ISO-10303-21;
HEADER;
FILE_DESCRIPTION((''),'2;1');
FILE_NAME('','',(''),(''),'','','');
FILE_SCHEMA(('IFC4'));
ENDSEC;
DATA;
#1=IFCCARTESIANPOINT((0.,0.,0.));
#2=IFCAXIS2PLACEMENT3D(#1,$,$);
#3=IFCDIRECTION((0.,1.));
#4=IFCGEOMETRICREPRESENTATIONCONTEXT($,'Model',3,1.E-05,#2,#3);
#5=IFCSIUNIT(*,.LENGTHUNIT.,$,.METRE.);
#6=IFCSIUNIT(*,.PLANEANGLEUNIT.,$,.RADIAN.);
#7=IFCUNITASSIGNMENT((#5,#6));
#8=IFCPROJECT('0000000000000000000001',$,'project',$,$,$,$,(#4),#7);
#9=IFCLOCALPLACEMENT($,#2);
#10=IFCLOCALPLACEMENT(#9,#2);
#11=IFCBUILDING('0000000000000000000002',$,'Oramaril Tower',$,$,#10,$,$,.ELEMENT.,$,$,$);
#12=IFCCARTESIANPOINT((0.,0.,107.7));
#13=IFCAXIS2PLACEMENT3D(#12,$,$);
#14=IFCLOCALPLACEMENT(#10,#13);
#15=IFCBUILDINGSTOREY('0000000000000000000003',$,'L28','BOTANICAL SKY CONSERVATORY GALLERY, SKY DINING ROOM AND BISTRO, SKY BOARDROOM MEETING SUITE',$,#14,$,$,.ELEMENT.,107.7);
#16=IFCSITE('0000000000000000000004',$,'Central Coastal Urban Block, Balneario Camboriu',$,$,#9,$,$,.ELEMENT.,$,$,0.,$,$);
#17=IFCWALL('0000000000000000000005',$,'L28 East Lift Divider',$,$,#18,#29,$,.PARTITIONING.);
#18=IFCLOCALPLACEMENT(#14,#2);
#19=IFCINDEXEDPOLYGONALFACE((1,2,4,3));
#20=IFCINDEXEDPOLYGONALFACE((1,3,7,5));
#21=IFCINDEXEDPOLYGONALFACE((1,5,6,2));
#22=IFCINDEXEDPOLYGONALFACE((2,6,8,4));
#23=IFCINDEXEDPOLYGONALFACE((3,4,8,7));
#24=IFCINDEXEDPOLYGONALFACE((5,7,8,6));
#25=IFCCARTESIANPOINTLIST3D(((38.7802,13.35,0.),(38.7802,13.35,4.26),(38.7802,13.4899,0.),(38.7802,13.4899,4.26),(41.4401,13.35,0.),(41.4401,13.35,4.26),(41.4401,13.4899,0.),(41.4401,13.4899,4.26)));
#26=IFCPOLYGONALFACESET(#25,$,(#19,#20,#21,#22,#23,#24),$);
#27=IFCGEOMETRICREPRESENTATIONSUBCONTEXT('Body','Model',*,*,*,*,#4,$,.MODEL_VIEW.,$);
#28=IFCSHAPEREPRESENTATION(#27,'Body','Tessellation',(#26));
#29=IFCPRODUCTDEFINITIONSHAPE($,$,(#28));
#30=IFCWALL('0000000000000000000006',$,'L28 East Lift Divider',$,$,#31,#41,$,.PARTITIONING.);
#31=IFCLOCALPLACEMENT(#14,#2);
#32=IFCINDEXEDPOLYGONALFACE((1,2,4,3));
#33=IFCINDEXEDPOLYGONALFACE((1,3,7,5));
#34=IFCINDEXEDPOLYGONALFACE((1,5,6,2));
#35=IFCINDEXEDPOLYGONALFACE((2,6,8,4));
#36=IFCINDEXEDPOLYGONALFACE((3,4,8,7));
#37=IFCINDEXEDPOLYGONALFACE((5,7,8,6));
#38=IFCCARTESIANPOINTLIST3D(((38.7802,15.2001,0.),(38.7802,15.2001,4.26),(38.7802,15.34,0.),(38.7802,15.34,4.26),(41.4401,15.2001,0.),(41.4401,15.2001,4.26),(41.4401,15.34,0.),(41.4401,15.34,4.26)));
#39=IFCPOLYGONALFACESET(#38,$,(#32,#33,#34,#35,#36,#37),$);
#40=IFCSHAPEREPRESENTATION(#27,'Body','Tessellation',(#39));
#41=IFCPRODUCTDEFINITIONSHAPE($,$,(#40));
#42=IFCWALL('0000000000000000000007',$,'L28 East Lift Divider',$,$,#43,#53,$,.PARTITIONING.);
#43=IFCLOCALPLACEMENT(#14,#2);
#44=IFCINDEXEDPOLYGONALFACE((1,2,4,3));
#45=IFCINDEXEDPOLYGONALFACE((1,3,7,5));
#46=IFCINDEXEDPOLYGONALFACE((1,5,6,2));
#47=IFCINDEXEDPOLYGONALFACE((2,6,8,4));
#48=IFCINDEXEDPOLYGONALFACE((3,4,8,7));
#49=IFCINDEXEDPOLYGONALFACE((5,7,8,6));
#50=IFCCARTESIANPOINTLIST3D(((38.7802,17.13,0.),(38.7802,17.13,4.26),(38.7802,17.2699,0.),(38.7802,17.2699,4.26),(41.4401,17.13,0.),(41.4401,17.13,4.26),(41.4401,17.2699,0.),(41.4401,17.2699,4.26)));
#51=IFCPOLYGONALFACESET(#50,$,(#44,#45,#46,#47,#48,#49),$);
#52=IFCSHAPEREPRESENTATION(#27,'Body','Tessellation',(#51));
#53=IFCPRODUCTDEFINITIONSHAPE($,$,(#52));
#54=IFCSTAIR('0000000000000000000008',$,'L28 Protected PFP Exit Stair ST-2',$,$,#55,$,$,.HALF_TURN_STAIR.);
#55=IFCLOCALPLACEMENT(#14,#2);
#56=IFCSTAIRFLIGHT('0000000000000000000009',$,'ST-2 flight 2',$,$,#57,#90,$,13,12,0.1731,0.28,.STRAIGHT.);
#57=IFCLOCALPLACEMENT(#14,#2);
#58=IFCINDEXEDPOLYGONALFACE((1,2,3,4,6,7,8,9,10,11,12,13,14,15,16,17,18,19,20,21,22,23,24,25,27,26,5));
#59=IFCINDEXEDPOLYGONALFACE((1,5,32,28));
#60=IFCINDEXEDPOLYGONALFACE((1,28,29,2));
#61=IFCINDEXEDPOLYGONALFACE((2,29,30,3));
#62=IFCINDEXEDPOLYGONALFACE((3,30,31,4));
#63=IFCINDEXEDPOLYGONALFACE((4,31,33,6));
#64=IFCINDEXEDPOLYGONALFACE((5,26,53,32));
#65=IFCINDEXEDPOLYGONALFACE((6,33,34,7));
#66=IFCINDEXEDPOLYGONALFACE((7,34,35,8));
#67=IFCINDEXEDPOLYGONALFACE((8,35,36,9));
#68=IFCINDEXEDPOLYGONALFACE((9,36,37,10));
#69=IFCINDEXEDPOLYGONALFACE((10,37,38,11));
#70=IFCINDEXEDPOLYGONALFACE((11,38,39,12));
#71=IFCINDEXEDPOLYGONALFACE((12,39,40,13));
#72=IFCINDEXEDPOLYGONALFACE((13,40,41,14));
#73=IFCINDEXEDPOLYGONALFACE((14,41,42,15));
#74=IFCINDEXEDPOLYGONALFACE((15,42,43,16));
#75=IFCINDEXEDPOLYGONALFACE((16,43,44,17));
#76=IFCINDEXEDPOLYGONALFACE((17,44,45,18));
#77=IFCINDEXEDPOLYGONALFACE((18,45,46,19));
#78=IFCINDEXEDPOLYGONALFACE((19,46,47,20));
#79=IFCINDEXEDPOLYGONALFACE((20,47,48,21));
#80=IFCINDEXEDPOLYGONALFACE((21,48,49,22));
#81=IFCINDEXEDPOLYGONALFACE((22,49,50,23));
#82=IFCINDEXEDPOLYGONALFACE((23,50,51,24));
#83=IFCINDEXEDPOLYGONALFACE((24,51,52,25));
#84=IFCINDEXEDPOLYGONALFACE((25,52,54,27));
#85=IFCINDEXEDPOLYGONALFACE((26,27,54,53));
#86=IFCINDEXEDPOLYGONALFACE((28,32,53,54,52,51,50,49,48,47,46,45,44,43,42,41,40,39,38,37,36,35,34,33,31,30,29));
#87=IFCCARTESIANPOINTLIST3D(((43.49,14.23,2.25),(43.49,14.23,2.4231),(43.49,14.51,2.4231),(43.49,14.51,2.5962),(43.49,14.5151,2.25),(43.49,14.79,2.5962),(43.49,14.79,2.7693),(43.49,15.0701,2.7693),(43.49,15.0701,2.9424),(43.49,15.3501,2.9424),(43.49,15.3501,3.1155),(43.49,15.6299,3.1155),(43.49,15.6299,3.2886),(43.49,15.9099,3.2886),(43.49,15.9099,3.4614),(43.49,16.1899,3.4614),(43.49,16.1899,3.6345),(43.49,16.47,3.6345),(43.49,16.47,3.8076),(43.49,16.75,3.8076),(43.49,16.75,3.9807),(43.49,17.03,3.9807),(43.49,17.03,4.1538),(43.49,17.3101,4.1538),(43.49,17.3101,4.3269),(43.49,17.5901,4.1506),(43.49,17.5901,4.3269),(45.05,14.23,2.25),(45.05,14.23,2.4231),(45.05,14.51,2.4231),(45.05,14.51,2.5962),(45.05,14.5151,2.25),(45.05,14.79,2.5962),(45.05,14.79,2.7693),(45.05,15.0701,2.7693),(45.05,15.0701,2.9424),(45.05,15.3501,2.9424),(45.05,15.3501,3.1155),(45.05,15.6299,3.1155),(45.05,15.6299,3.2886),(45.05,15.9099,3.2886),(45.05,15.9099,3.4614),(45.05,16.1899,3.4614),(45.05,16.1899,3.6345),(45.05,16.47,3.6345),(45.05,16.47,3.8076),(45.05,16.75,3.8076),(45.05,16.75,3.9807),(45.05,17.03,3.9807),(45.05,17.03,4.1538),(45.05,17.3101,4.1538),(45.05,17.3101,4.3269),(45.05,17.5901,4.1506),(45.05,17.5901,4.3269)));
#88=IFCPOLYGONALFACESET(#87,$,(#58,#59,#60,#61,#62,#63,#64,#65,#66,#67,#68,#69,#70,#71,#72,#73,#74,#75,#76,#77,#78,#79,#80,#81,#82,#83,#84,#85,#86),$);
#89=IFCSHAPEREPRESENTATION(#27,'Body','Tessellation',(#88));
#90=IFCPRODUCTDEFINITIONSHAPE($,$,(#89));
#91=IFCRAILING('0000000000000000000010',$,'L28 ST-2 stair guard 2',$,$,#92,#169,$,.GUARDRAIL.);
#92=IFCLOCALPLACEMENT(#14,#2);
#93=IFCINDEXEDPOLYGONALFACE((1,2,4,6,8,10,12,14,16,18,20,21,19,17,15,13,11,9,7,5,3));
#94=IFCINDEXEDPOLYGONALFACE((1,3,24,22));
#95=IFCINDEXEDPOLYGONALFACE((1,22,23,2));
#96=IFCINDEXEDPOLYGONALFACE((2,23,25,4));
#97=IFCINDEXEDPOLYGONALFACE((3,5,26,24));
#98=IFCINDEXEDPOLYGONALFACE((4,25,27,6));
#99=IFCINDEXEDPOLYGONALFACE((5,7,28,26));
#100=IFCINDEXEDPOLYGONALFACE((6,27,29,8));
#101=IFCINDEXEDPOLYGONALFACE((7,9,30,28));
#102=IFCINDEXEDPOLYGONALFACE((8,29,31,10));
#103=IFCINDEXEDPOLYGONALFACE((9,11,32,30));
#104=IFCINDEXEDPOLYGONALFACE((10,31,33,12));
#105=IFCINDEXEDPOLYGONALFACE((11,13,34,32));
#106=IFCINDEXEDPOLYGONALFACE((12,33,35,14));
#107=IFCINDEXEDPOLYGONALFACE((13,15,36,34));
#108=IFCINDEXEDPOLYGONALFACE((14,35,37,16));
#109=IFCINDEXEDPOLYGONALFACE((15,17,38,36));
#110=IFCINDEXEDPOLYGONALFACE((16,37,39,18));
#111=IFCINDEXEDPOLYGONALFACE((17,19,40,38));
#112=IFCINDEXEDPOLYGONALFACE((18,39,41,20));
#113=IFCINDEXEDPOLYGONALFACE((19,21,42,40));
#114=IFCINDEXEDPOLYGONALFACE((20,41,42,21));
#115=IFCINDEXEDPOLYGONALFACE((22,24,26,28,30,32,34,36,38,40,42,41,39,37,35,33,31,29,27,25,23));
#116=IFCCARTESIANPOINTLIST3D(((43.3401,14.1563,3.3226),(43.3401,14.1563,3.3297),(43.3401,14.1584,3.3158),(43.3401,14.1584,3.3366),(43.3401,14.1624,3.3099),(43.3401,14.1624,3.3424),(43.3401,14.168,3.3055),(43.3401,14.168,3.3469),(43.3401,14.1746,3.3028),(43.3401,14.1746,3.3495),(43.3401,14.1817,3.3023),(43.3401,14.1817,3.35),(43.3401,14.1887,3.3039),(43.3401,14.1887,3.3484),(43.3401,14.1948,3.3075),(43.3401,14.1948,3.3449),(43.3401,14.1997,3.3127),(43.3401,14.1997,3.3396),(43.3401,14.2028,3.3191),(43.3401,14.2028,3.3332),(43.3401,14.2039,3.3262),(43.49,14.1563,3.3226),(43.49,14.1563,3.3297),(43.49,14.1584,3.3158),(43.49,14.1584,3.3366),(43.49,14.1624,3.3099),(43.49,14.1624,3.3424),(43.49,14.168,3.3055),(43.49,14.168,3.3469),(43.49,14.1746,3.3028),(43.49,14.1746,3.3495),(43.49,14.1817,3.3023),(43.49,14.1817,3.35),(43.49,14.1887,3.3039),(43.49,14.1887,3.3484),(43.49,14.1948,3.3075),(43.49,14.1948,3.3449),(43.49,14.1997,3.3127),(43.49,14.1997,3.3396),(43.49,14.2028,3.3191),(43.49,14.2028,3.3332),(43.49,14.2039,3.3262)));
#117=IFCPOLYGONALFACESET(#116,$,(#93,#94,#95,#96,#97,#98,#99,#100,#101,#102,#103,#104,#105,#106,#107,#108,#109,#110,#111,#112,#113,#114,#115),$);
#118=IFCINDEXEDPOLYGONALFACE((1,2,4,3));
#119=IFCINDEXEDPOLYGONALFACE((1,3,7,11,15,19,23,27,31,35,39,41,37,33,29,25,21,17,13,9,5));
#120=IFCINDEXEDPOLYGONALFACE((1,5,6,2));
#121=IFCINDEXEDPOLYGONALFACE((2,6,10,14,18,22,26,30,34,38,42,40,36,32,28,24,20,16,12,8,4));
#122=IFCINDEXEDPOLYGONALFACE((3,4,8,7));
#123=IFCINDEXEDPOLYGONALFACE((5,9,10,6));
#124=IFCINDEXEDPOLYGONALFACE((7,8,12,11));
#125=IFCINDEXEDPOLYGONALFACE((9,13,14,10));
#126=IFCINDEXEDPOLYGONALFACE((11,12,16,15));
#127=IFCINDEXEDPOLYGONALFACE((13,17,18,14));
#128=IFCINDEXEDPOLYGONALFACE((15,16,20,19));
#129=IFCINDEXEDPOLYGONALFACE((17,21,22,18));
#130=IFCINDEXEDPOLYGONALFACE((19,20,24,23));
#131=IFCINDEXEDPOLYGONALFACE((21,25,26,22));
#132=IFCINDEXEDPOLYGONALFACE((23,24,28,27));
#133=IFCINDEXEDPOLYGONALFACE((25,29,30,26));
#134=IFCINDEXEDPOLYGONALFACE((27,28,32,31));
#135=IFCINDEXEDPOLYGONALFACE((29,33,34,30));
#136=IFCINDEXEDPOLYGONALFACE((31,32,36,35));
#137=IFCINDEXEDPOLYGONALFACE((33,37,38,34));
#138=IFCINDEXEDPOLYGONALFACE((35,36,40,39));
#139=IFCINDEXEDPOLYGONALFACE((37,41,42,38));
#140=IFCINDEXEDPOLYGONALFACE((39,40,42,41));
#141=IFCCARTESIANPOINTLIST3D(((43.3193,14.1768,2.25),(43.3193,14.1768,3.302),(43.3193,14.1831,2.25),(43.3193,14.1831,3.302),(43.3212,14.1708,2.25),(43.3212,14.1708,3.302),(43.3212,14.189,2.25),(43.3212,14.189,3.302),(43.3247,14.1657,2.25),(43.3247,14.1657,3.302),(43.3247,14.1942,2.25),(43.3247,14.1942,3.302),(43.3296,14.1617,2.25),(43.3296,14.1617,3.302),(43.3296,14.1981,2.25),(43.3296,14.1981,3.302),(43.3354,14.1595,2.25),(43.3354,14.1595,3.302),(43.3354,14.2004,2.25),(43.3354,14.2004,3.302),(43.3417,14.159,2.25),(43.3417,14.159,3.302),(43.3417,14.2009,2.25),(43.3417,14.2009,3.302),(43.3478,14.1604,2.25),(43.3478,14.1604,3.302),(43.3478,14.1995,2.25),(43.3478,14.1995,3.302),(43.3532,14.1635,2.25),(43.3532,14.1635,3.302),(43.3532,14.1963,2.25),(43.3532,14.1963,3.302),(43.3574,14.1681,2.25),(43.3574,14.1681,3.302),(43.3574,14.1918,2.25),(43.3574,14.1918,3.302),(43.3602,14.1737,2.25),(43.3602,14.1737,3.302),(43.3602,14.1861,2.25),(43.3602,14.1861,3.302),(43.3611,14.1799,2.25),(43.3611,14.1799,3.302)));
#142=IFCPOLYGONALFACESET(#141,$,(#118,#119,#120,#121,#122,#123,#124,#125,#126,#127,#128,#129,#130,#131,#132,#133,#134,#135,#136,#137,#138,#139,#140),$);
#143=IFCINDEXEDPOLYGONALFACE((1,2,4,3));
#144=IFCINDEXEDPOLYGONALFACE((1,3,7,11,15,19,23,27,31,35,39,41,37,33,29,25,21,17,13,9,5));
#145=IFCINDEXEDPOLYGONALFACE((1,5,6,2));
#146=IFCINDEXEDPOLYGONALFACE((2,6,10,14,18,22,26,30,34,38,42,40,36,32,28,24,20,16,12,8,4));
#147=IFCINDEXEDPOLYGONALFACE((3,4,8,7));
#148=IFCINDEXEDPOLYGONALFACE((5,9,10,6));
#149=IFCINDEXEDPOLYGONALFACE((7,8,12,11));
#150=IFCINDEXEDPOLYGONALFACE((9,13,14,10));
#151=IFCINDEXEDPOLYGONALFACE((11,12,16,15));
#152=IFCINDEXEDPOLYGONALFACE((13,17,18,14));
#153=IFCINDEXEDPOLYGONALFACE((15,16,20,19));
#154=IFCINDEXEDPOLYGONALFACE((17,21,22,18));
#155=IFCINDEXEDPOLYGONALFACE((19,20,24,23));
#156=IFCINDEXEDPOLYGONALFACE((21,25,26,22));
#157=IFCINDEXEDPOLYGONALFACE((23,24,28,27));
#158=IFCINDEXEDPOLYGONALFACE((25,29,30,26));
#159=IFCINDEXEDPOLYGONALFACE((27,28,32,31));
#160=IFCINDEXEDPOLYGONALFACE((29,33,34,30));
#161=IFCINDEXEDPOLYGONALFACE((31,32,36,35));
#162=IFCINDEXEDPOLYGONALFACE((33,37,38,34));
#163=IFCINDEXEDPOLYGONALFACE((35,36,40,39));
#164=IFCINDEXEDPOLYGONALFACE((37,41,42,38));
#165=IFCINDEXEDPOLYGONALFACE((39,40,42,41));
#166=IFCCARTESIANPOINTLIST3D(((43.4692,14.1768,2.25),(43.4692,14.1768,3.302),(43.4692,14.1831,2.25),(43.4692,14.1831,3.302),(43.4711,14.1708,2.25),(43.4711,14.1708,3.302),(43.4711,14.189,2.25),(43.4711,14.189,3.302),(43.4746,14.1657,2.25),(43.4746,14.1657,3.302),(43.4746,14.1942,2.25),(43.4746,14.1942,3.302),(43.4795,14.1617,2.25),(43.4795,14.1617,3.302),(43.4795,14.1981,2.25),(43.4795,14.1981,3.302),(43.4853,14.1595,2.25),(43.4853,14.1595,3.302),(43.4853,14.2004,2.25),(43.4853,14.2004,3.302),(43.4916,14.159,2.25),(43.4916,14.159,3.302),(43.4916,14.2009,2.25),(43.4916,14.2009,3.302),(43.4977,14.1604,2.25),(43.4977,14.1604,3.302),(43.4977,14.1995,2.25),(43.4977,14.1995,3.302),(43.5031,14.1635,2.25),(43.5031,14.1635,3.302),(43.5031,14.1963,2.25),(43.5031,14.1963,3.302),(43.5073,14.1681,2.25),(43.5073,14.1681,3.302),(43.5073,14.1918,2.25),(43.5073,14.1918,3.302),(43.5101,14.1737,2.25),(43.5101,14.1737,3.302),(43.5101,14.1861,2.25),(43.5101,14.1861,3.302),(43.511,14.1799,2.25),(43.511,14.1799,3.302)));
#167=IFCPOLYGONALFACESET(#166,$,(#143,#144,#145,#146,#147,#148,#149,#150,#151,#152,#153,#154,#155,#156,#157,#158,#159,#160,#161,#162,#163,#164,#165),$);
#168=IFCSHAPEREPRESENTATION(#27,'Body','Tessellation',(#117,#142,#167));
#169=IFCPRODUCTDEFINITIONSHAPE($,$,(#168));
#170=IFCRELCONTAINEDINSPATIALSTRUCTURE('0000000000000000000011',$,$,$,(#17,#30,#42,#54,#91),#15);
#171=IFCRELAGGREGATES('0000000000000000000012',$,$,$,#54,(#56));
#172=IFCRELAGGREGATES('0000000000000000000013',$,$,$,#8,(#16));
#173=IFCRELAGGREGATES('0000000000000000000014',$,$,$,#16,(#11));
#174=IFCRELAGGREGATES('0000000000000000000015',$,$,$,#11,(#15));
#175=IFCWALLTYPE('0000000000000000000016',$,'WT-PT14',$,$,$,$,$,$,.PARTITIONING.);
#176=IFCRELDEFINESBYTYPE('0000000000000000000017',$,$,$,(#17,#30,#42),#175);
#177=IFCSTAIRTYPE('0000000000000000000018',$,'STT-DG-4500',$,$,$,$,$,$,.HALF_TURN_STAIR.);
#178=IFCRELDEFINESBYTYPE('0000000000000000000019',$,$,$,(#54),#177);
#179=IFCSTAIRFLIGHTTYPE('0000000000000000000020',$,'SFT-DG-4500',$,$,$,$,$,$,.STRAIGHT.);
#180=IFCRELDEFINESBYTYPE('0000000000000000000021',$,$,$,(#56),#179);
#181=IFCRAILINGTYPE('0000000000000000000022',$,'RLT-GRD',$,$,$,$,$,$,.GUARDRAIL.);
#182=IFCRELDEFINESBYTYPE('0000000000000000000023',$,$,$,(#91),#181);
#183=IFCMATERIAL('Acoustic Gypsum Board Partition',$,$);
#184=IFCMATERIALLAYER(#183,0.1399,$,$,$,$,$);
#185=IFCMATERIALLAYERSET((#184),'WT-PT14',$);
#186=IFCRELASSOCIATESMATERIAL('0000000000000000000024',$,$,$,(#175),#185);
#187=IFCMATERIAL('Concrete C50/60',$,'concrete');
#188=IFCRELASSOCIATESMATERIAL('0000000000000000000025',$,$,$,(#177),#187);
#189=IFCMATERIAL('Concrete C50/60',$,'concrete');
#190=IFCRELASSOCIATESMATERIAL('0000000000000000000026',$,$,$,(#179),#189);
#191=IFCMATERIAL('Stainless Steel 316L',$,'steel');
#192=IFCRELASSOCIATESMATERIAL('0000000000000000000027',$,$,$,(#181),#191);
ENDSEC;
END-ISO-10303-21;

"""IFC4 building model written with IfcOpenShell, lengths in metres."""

from ifc_helpers import new_model, si_unit, direction, frame, frame_2d, origin, origin_2d, place, context, subcontext, project, spatial, polyline, rectangle, circle, outline, extrude, material, layer, layer_set, type_object, element, aggregate, save


model = new_model("IFC4")

# Units and contexts
model_context = context("Model", 3, precision=1e-05, world=origin(), true_north=direction((0.0, 1.0)))
body_context = subcontext(model_context, "Body", "Model", "MODEL_VIEW")
ifc_project = project(units=[si_unit("LENGTHUNIT", "METRE"), si_unit("PLANEANGLEUNIT", "RADIAN")], contexts=[model_context])

# Site, building, storey
site_placement = place(None, origin())
site = spatial("IfcSite", under=ifc_project, at=site_placement, Name="Central Coastal Urban Block, Balneario Camboriu", CompositionType="ELEMENT", RefElevation=0.0)
building_placement = place(site_placement, origin())
building = spatial("IfcBuilding", under=site, at=building_placement, Name="Oramaril Tower", CompositionType="ELEMENT")
storey_placement = place(building_placement, frame((0.0, 0.0, 107.7)))
storey = spatial("IfcBuildingStorey", under=building, at=storey_placement, Name="L28", Description="BOTANICAL SKY CONSERVATORY GALLERY, SKY DINING ROOM AND BISTRO, SKY BOARDROOM MEETING SUITE", CompositionType="ELEMENT", Elevation=107.7)

# Walls
ifc_material_1 = material(Name="Acoustic Gypsum Board Partition")
ifc_layer_1 = layer(ifc_material_1, 0.1399)
ifc_layer_set_1 = layer_set([ifc_layer_1], Name="WT-PT14")
wall_type_1 = type_object("IfcWallType", Name="WT-PT14", PredefinedType="PARTITIONING", material=ifc_layer_set_1)
for number, where, z_axis, x_axis, name in (
    (1, (38.78, 13.4199, 0.0), (0.0, 0.0, 1.0), (1.0, 0.0, 0.0), "L28 East Lift Divider"),
    (2, (38.78, 15.27, 0.0), (0.0, 0.0, 1.0), (1.0, 0.0, 0.0), "L28 East Lift Divider"),
    (3, (38.78, 17.2, 0.0), (0.0, 0.0, 1.0), (1.0, 0.0, 0.0), "L28 East Lift Divider"),
):
    element("IfcWall", number, at=place(storey_placement, frame(where, z_axis=z_axis, x_axis=x_axis)), inside=storey, type_object=wall_type_1, Name=name, PredefinedType="PARTITIONING", context=body_context, shape_type="SweptSolid", body=[
        extrude(rectangle(XDim=2.6599, YDim=0.1399, at=frame_2d((1.3301, 0.0))), origin(), (0.0, 0.0, 1.0), 4.26),
    ])

# Stair, stair flight
ifc_material_2 = material(Name="Concrete C50/60", Category="concrete")
stair_type = type_object("IfcStairType", Name="STT-DG-4500", PredefinedType="HALF_TURN_STAIR", material=ifc_material_2)
stair_placement = place(storey_placement, origin())
stair = element("IfcStair", 4, at=stair_placement, inside=storey, type_object=stair_type, Name="L28 Protected PFP Exit Stair ST-2", PredefinedType="HALF_TURN_STAIR")
ifc_material_3 = material(Name="Concrete C50/60", Category="concrete")
stair_flight_type = type_object("IfcStairFlightType", Name="SFT-DG-4500", PredefinedType="STRAIGHT", material=ifc_material_3)
stair_flight_placement = place(storey_placement, frame((44.27, 14.23, 2.25), z_axis=(0.0, 0.0, 1.0), x_axis=(0.0, 1.0, 0.0)))
stair_flight = element("IfcStairFlight", 5, at=stair_flight_placement, type_object=stair_flight_type, Name="ST-2 flight 2", NumberOfRisers=13, NumberOfTreads=12, PredefinedType="STRAIGHT", RiserHeight=0.1731, TreadLength=0.28, context=body_context, shape_type="SweptSolid", body=[
    extrude(outline(polyline([(0.0, 0.0), (0.0, 0.1731), (0.28, 0.1731), (0.28, 0.3462), (0.5601, 0.3462), (0.5601, 0.5193), (0.8401, 0.5193), (0.8401, 0.6924), (1.1201, 0.6924), (1.1201, 0.8655), (1.3999, 0.8655), (1.3999, 1.0386), (1.6799, 1.0386), (1.6799, 1.2114), (1.96, 1.2114), (1.96, 1.3845), (2.24, 1.3845), (2.24, 1.5576), (2.52, 1.5576), (2.52, 1.7307), (2.8, 1.7307), (2.8, 1.9038), (3.0801, 1.9038), (3.0801, 2.0769), (3.3601, 2.0769), (3.3601, 2.25), (3.3601, 1.9006), (0.2852, 0.0), (0.0, 0.0)])), frame((0.0, 0.78, 0.0), z_axis=(0.0, -1.0, 0.0), x_axis=(1.0, 0.0, 0.0)), (0.0, 0.0, 1.0), 1.5601),
])
aggregate(stair, [stair_flight])

# Railing
ifc_material_4 = material(Name="Stainless Steel 316L", Category="steel")
railing_type_1 = type_object("IfcRailingType", Name="RLT-GRD", PredefinedType="GUARDRAIL", material=ifc_material_4)
railing_1_placement = place(storey_placement, frame((43.3401, 14.1799, 2.25)))
element("IfcRailing", 6, at=railing_1_placement, inside=storey, type_object=railing_type_1, Name="L28 ST-2 stair guard 2", PredefinedType="GUARDRAIL", context=body_context, shape_type="SweptSolid", body=[
    extrude(circle(Radius=0.0239, at=origin_2d()), frame((0.0, 0.0, 1.0762), z_axis=(1.0, 0.0, 0.0), x_axis=(0.0, 1.0, 0.0)), (0.0, 0.0, 1.0), 0.1499),
    extrude(circle(Radius=0.021, at=origin_2d()), origin(), (0.0, 0.0, 1.0), 1.052),
    extrude(circle(Radius=0.021, at=origin_2d()), frame((0.1499, 0.0, 0.0)), (0.0, 0.0, 1.0), 1.052),
])

save(model, "model.ifc")
